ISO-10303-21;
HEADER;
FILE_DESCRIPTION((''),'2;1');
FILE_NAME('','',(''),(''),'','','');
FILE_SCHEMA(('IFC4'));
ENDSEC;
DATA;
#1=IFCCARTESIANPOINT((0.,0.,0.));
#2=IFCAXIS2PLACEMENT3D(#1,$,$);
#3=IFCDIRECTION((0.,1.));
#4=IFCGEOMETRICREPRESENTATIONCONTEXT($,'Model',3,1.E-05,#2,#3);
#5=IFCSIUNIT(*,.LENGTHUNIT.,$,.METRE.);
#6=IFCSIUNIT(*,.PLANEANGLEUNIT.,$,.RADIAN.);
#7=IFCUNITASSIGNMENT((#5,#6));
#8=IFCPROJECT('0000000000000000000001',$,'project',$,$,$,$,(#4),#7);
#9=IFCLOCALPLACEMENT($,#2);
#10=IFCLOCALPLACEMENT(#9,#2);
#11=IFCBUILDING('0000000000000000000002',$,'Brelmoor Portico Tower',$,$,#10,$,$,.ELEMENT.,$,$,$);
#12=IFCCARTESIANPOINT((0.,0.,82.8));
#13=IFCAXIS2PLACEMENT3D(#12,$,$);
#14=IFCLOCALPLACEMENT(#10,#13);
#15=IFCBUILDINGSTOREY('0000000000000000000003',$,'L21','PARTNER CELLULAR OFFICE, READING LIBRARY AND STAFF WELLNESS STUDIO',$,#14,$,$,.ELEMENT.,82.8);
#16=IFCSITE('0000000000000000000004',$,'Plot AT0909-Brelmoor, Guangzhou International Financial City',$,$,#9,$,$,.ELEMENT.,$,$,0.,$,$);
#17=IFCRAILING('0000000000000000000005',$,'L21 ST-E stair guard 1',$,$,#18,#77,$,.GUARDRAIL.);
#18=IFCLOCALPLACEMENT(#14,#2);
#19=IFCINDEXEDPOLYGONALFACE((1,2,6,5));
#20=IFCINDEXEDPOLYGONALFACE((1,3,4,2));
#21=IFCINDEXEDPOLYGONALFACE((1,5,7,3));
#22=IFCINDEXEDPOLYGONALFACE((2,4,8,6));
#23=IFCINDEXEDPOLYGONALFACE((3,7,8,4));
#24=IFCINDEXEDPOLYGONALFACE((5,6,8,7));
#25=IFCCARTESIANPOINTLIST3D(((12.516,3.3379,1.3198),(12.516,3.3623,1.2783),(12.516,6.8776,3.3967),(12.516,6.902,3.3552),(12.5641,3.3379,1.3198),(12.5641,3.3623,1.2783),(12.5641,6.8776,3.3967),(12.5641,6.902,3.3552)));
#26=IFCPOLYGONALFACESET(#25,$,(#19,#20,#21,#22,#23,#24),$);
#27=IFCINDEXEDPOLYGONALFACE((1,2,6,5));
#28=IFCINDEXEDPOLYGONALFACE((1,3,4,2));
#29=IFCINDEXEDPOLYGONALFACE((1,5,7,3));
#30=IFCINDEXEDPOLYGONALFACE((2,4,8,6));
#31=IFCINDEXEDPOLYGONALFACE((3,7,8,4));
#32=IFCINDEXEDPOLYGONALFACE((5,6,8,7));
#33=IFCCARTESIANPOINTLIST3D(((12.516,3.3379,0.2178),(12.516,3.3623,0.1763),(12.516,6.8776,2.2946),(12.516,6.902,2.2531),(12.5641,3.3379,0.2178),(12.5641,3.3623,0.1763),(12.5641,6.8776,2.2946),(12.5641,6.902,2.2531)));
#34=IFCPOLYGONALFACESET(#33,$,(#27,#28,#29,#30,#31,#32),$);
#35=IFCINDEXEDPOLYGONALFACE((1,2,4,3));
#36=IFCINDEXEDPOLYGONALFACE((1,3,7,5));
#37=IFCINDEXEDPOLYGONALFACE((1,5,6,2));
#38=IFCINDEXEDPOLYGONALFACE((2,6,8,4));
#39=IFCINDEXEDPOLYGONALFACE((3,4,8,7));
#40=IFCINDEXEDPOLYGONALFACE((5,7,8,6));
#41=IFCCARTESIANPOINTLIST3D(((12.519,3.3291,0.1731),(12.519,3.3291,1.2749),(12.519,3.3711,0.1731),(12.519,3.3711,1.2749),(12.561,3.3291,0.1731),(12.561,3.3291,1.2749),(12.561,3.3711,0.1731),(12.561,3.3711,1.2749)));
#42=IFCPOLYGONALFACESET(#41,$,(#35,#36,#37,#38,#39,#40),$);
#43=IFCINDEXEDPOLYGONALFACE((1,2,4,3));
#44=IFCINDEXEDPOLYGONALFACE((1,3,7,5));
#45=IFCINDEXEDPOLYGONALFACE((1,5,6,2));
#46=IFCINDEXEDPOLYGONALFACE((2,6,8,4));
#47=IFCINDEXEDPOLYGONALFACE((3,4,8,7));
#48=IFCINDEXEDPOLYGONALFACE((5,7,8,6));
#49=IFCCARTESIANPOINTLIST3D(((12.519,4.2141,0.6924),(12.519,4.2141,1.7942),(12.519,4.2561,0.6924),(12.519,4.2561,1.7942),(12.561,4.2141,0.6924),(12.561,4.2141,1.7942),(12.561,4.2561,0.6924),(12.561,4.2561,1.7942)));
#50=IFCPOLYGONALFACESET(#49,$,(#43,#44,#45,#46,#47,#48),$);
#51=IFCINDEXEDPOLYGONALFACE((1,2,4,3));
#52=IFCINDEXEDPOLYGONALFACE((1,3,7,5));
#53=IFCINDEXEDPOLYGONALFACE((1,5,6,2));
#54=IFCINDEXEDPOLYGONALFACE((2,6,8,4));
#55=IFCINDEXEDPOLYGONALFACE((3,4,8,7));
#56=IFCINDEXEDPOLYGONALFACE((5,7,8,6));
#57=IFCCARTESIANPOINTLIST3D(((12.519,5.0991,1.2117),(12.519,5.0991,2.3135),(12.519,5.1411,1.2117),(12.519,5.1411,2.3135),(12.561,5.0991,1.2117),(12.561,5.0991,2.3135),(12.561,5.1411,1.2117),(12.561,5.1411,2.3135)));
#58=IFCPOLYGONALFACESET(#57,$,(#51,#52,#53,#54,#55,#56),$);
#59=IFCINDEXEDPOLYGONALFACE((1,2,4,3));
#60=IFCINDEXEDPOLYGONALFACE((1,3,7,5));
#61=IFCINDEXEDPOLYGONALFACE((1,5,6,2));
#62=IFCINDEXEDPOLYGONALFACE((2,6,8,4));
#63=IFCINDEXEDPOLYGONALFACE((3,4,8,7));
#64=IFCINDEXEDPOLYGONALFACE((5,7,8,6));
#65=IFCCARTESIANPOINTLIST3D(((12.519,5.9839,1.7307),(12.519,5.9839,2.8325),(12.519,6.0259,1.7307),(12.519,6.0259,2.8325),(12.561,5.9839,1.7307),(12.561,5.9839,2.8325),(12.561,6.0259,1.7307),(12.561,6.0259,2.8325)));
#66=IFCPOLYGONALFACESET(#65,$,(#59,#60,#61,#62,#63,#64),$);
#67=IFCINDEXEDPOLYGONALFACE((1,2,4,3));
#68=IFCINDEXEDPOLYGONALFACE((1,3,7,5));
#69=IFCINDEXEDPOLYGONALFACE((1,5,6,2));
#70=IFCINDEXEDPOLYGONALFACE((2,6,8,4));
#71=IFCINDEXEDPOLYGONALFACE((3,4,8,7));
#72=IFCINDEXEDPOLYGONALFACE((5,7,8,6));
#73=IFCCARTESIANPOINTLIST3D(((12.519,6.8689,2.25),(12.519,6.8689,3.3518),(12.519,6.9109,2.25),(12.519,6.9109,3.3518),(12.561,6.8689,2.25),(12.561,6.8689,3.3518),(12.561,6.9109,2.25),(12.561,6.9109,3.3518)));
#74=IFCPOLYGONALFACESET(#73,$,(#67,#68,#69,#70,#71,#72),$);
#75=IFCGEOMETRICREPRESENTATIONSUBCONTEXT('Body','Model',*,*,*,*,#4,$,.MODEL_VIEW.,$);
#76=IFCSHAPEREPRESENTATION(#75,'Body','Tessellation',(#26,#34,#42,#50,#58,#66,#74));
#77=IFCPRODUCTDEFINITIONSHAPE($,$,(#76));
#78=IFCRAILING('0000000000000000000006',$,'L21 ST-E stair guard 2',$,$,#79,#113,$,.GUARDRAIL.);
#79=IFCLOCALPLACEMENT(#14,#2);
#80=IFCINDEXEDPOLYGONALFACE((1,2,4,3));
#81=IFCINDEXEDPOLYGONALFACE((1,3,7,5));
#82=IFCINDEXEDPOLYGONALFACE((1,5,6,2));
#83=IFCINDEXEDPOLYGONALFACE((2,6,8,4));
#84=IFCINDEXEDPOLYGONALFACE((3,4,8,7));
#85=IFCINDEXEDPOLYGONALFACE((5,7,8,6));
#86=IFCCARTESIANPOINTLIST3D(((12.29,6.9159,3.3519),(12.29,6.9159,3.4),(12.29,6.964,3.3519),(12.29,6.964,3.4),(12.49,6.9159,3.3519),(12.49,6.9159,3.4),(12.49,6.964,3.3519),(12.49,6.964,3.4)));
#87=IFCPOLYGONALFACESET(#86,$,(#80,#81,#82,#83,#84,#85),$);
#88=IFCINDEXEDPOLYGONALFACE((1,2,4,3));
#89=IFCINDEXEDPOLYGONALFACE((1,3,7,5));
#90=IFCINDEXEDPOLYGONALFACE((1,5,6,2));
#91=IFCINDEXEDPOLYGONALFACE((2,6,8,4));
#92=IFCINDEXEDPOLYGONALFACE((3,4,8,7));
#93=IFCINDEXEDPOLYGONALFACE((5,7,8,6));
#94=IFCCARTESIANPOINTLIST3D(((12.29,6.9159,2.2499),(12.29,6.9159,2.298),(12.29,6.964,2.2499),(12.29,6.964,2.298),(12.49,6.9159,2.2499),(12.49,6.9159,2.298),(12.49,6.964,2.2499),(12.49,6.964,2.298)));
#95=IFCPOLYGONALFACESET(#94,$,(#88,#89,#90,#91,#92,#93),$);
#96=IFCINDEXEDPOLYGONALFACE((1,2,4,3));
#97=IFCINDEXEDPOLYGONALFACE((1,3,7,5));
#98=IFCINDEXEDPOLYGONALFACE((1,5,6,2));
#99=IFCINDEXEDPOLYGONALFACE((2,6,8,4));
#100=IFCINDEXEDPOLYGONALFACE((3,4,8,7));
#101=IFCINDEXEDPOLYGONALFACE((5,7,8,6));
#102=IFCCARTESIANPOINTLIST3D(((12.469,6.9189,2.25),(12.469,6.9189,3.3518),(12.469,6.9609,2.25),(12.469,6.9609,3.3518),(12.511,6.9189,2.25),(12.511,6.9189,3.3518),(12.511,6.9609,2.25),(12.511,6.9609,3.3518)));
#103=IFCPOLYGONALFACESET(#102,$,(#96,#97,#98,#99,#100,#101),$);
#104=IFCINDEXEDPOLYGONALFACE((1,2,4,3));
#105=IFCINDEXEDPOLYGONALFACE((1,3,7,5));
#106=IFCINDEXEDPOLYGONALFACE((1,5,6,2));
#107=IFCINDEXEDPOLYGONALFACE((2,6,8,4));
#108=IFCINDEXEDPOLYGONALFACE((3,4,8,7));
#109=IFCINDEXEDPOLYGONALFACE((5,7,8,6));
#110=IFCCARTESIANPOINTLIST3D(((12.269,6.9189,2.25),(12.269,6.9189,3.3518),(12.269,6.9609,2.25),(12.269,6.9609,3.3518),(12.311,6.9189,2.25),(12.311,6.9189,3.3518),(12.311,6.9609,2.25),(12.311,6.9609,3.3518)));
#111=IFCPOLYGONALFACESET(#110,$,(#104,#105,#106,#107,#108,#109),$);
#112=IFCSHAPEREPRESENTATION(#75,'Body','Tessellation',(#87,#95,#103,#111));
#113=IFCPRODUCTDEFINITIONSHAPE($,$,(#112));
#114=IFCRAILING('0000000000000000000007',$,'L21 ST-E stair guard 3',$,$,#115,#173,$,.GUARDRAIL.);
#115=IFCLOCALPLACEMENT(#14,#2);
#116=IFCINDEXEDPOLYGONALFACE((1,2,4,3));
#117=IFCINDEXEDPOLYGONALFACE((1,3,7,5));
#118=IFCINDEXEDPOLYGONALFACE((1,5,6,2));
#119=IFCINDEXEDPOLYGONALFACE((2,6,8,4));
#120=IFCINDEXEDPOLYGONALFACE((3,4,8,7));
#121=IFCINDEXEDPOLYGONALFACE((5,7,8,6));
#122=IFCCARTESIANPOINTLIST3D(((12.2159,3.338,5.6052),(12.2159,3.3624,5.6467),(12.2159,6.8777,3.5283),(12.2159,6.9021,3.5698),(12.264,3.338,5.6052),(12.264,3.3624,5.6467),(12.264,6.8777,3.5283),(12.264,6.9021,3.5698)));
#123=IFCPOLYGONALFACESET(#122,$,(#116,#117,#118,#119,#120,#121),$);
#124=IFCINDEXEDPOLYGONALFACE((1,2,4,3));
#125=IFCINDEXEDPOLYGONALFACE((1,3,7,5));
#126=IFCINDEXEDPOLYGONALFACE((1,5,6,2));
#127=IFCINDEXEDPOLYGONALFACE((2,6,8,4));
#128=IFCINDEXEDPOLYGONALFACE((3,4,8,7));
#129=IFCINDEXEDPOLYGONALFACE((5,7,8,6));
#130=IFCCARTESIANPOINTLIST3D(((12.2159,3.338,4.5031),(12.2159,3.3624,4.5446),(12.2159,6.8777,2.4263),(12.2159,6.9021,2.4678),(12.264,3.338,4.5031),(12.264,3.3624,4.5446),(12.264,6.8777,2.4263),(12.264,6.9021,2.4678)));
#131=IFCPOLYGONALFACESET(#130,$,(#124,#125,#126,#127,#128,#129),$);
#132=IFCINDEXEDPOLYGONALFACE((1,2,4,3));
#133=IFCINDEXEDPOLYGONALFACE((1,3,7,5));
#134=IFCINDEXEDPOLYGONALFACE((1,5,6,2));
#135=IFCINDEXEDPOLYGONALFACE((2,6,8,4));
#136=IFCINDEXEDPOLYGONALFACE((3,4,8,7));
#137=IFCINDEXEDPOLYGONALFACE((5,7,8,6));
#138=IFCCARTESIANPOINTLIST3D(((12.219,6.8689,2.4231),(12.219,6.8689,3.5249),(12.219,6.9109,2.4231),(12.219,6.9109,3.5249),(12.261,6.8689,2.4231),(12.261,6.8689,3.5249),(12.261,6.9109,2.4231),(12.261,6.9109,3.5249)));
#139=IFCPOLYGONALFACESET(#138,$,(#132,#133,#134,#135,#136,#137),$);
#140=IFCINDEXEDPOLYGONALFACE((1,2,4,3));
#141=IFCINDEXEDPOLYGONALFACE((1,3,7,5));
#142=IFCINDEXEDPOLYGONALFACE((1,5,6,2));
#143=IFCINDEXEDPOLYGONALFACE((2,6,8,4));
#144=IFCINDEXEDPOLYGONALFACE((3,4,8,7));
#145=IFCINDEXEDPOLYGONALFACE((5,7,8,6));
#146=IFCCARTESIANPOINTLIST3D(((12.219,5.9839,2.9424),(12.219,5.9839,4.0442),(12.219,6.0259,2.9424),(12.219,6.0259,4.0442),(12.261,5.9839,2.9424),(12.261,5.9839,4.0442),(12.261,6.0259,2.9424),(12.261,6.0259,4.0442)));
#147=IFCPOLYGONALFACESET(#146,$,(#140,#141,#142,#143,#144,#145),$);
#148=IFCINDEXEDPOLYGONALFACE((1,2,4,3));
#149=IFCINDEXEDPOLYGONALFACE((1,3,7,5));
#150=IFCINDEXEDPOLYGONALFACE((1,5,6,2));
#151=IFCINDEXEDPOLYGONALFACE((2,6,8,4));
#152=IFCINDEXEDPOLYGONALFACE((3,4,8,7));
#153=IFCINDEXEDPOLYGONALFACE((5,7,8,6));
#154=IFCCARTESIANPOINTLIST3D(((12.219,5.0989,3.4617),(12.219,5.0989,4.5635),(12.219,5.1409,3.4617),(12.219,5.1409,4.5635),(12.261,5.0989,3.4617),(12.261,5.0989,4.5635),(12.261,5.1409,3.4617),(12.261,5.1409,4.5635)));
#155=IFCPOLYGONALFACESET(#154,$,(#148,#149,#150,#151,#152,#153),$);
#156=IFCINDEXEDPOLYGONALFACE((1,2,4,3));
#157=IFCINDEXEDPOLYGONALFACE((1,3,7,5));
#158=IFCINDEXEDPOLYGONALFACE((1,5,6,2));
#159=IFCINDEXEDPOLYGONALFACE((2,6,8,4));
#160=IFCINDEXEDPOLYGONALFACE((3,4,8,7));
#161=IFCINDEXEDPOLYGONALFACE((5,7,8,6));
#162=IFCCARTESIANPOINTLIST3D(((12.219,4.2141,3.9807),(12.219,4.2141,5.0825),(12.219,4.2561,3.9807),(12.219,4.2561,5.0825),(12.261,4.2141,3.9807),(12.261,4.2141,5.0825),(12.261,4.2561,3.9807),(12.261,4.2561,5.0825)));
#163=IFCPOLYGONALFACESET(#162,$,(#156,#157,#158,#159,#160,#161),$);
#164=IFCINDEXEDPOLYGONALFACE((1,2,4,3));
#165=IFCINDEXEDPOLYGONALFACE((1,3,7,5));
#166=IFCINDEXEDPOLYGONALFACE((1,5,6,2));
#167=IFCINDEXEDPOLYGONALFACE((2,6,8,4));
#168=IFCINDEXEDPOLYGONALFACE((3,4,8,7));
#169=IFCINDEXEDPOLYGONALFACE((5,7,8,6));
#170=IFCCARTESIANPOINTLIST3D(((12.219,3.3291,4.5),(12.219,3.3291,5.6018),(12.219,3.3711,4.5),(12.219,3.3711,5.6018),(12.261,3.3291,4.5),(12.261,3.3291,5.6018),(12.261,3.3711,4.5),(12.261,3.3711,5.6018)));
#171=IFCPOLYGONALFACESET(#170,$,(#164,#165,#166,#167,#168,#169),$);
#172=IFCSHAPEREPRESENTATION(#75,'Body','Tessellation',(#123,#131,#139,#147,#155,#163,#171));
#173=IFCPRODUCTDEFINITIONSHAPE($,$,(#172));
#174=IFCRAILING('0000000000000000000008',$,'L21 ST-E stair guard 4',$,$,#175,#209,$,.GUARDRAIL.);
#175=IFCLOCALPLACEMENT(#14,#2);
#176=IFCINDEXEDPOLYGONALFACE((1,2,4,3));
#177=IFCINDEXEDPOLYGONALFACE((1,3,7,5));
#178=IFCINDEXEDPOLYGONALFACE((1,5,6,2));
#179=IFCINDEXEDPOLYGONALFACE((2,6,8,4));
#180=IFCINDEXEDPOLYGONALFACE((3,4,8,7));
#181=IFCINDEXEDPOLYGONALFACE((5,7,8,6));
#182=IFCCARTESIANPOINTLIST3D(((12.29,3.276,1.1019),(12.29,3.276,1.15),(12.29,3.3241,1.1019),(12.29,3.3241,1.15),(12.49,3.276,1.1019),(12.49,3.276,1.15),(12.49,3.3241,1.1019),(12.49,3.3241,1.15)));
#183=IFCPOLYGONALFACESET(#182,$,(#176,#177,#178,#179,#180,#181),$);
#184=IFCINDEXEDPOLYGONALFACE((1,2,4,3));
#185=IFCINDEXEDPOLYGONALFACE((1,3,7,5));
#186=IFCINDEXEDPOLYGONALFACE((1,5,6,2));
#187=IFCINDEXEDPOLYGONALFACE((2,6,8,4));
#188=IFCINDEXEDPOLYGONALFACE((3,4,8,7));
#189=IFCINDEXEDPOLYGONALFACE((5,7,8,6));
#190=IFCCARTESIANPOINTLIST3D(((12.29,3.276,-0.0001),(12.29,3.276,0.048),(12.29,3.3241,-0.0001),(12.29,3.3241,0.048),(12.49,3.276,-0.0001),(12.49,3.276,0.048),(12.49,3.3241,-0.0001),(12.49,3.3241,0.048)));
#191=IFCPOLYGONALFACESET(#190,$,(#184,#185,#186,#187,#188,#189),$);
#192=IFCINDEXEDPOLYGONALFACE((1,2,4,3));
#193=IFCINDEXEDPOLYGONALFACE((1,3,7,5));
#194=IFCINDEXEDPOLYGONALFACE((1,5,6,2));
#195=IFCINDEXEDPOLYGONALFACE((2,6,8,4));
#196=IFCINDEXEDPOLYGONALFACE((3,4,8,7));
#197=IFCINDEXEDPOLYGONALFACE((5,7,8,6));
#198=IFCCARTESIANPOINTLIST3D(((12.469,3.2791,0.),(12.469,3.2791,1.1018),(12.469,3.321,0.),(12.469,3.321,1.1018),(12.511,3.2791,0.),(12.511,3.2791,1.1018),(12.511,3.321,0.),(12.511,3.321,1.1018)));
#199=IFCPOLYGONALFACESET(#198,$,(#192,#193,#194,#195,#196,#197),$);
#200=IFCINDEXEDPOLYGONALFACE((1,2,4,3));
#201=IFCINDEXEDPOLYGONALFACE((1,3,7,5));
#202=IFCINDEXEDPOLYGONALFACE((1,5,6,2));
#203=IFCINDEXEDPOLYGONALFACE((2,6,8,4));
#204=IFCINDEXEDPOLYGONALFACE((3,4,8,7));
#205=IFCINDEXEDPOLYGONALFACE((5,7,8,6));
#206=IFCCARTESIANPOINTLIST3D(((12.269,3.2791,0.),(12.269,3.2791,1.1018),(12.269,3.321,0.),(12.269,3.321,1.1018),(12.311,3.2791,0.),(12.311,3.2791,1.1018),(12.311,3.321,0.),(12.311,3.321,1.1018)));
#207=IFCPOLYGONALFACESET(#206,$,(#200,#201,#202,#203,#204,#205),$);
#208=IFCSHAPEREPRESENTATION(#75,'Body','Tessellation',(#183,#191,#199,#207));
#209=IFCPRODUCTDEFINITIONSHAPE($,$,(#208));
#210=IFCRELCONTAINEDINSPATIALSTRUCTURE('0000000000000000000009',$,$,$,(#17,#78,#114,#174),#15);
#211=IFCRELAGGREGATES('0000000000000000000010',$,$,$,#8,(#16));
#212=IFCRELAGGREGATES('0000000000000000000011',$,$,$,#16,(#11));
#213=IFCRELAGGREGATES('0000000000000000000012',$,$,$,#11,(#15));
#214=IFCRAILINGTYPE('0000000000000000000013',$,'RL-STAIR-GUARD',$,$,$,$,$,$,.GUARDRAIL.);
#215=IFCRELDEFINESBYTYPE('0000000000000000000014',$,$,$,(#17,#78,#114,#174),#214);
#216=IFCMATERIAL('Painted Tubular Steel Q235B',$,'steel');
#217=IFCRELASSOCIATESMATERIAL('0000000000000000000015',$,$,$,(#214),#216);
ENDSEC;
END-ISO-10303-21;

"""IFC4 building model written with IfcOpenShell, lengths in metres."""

from ifc_helpers import new_model, si_unit, direction, frame, origin, origin_2d, place, context, subcontext, project, spatial, rectangle, extrude, material, type_object, element, save


model = new_model("IFC4")

# Units and contexts
model_context = context("Model", 3, precision=1e-05, world=origin(), true_north=direction((0.0, 1.0)))
body_context = subcontext(model_context, "Body", "Model", "MODEL_VIEW")
ifc_project = project(units=[si_unit("LENGTHUNIT", "METRE"), si_unit("PLANEANGLEUNIT", "RADIAN")], contexts=[model_context])

# Site, building, storey
site_placement = place(None, origin())
site = spatial("IfcSite", under=ifc_project, at=site_placement, Name="Plot AT0909-Brelmoor, Guangzhou International Financial City", CompositionType="ELEMENT", RefElevation=0.0)
building_placement = place(site_placement, origin())
building = spatial("IfcBuilding", under=site, at=building_placement, Name="Brelmoor Portico Tower", CompositionType="ELEMENT")
storey_placement = place(building_placement, frame((0.0, 0.0, 82.8)))
storey = spatial("IfcBuildingStorey", under=building, at=storey_placement, Name="L21", Description="PARTNER CELLULAR OFFICE, READING LIBRARY AND STAFF WELLNESS STUDIO", CompositionType="ELEMENT", Elevation=82.8)

# Railings
ifc_material_1 = material(Name="Painted Tubular Steel Q235B", Category="steel")
railing_type_1 = type_object("IfcRailingType", Name="RL-STAIR-GUARD", PredefinedType="GUARDRAIL", material=ifc_material_1)
railing_1_placement = place(storey_placement, frame((12.54, 3.3501, 0.1731)))
element("IfcRailing", 1, at=railing_1_placement, inside=storey, type_object=railing_type_1, Name="L21 ST-E stair guard 1", PredefinedType="GUARDRAIL", context=body_context, shape_type="SweptSolid", body=[
    extrude(rectangle(XDim=0.0481, YDim=0.0481, at=origin_2d()), frame((0.0, 0.0, 1.126), z_axis=(0.0, 0.862501, 0.506055), x_axis=(-1.0, 0.0, 0.0)), (0.0, 0.0, 1.0), 4.104),
    extrude(rectangle(XDim=0.0481, YDim=0.0481, at=origin_2d()), frame((0.0, 0.0, 0.0239), z_axis=(0.0, 0.862501, 0.506055), x_axis=(-1.0, 0.0, 0.0)), (0.0, 0.0, 1.0), 4.104),
    extrude(rectangle(XDim=0.042, YDim=0.042, at=origin_2d()), origin(), (0.0, 0.0, 1.0), 1.1018),
    extrude(rectangle(XDim=0.042, YDim=0.042, at=origin_2d()), frame((0.0, 0.885, 0.5193)), (0.0, 0.0, 1.0), 1.1018),
    extrude(rectangle(XDim=0.042, YDim=0.042, at=origin_2d()), frame((0.0, 1.77, 1.0386)), (0.0, 0.0, 1.0), 1.1018),
    extrude(rectangle(XDim=0.042, YDim=0.042, at=origin_2d()), frame((0.0, 2.6548, 1.5576)), (0.0, 0.0, 1.0), 1.1018),
    extrude(rectangle(XDim=0.042, YDim=0.042, at=origin_2d()), frame((0.0, 3.5398, 2.0769)), (0.0, 0.0, 1.0), 1.1018),
])
railing_2_placement = place(storey_placement, frame((12.49, 6.9399, 2.25)))
element("IfcRailing", 2, at=railing_2_placement, inside=storey, type_object=railing_type_1, Name="L21 ST-E stair guard 2", PredefinedType="GUARDRAIL", context=body_context, shape_type="SweptSolid", body=[
    extrude(rectangle(XDim=0.0481, YDim=0.0481, at=origin_2d()), frame((0.0, 0.0, 1.126), z_axis=(-1.0, 0.0, 0.0), x_axis=(0.0, -1.0, 0.0)), (0.0, 0.0, 1.0), 0.2),
    extrude(rectangle(XDim=0.0481, YDim=0.0481, at=origin_2d()), frame((0.0, 0.0, 0.0239), z_axis=(-1.0, 0.0, 0.0), x_axis=(0.0, -1.0, 0.0)), (0.0, 0.0, 1.0), 0.2),
    extrude(rectangle(XDim=0.042, YDim=0.042, at=origin_2d()), origin(), (0.0, 0.0, 1.0), 1.1018),
    extrude(rectangle(XDim=0.042, YDim=0.042, at=origin_2d()), frame((-0.2, 0.0, 0.0)), (0.0, 0.0, 1.0), 1.1018),
])
railing_3_placement = place(storey_placement, frame((12.24, 6.8899, 2.4231)))
element("IfcRailing", 3, at=railing_3_placement, inside=storey, type_object=railing_type_1, Name="L21 ST-E stair guard 3", PredefinedType="GUARDRAIL", context=body_context, shape_type="SweptSolid", body=[
    extrude(rectangle(XDim=0.0481, YDim=0.0481, at=origin_2d()), frame((0.0, 0.0, 1.126), z_axis=(0.0, -0.862501, 0.506055), x_axis=(1.0, 0.0, 0.0)), (0.0, 0.0, 1.0), 4.104),
    extrude(rectangle(XDim=0.0481, YDim=0.0481, at=origin_2d()), frame((0.0, 0.0, 0.0239), z_axis=(0.0, -0.862501, 0.506055), x_axis=(1.0, 0.0, 0.0)), (0.0, 0.0, 1.0), 4.104),
    extrude(rectangle(XDim=0.042, YDim=0.042, at=origin_2d()), origin(), (0.0, 0.0, 1.0), 1.1018),
    extrude(rectangle(XDim=0.042, YDim=0.042, at=origin_2d()), frame((0.0, -0.885, 0.5193)), (0.0, 0.0, 1.0), 1.1018),
    extrude(rectangle(XDim=0.042, YDim=0.042, at=origin_2d()), frame((0.0, -1.77, 1.0386)), (0.0, 0.0, 1.0), 1.1018),
    extrude(rectangle(XDim=0.042, YDim=0.042, at=origin_2d()), frame((0.0, -2.6548, 1.5576)), (0.0, 0.0, 1.0), 1.1018),
    extrude(rectangle(XDim=0.042, YDim=0.042, at=origin_2d()), frame((0.0, -3.5398, 2.0769)), (0.0, 0.0, 1.0), 1.1018),
])
railing_4_placement = place(storey_placement, frame((12.49, 3.3, 0.0)))
element("IfcRailing", 4, at=railing_4_placement, inside=storey, type_object=railing_type_1, Name="L21 ST-E stair guard 4", PredefinedType="GUARDRAIL", context=body_context, shape_type="SweptSolid", body=[
    extrude(rectangle(XDim=0.0481, YDim=0.0481, at=origin_2d()), frame((0.0, 0.0, 1.126), z_axis=(-1.0, 0.0, 0.0), x_axis=(0.0, -1.0, 0.0)), (0.0, 0.0, 1.0), 0.2),
    extrude(rectangle(XDim=0.0481, YDim=0.0481, at=origin_2d()), frame((0.0, 0.0, 0.0239), z_axis=(-1.0, 0.0, 0.0), x_axis=(0.0, -1.0, 0.0)), (0.0, 0.0, 1.0), 0.2),
    extrude(rectangle(XDim=0.042, YDim=0.042, at=origin_2d()), origin(), (0.0, 0.0, 1.0), 1.1018),
    extrude(rectangle(XDim=0.042, YDim=0.042, at=origin_2d()), frame((-0.2, 0.0, 0.0)), (0.0, 0.0, 1.0), 1.1018),
])

save(model, "model.ifc")
